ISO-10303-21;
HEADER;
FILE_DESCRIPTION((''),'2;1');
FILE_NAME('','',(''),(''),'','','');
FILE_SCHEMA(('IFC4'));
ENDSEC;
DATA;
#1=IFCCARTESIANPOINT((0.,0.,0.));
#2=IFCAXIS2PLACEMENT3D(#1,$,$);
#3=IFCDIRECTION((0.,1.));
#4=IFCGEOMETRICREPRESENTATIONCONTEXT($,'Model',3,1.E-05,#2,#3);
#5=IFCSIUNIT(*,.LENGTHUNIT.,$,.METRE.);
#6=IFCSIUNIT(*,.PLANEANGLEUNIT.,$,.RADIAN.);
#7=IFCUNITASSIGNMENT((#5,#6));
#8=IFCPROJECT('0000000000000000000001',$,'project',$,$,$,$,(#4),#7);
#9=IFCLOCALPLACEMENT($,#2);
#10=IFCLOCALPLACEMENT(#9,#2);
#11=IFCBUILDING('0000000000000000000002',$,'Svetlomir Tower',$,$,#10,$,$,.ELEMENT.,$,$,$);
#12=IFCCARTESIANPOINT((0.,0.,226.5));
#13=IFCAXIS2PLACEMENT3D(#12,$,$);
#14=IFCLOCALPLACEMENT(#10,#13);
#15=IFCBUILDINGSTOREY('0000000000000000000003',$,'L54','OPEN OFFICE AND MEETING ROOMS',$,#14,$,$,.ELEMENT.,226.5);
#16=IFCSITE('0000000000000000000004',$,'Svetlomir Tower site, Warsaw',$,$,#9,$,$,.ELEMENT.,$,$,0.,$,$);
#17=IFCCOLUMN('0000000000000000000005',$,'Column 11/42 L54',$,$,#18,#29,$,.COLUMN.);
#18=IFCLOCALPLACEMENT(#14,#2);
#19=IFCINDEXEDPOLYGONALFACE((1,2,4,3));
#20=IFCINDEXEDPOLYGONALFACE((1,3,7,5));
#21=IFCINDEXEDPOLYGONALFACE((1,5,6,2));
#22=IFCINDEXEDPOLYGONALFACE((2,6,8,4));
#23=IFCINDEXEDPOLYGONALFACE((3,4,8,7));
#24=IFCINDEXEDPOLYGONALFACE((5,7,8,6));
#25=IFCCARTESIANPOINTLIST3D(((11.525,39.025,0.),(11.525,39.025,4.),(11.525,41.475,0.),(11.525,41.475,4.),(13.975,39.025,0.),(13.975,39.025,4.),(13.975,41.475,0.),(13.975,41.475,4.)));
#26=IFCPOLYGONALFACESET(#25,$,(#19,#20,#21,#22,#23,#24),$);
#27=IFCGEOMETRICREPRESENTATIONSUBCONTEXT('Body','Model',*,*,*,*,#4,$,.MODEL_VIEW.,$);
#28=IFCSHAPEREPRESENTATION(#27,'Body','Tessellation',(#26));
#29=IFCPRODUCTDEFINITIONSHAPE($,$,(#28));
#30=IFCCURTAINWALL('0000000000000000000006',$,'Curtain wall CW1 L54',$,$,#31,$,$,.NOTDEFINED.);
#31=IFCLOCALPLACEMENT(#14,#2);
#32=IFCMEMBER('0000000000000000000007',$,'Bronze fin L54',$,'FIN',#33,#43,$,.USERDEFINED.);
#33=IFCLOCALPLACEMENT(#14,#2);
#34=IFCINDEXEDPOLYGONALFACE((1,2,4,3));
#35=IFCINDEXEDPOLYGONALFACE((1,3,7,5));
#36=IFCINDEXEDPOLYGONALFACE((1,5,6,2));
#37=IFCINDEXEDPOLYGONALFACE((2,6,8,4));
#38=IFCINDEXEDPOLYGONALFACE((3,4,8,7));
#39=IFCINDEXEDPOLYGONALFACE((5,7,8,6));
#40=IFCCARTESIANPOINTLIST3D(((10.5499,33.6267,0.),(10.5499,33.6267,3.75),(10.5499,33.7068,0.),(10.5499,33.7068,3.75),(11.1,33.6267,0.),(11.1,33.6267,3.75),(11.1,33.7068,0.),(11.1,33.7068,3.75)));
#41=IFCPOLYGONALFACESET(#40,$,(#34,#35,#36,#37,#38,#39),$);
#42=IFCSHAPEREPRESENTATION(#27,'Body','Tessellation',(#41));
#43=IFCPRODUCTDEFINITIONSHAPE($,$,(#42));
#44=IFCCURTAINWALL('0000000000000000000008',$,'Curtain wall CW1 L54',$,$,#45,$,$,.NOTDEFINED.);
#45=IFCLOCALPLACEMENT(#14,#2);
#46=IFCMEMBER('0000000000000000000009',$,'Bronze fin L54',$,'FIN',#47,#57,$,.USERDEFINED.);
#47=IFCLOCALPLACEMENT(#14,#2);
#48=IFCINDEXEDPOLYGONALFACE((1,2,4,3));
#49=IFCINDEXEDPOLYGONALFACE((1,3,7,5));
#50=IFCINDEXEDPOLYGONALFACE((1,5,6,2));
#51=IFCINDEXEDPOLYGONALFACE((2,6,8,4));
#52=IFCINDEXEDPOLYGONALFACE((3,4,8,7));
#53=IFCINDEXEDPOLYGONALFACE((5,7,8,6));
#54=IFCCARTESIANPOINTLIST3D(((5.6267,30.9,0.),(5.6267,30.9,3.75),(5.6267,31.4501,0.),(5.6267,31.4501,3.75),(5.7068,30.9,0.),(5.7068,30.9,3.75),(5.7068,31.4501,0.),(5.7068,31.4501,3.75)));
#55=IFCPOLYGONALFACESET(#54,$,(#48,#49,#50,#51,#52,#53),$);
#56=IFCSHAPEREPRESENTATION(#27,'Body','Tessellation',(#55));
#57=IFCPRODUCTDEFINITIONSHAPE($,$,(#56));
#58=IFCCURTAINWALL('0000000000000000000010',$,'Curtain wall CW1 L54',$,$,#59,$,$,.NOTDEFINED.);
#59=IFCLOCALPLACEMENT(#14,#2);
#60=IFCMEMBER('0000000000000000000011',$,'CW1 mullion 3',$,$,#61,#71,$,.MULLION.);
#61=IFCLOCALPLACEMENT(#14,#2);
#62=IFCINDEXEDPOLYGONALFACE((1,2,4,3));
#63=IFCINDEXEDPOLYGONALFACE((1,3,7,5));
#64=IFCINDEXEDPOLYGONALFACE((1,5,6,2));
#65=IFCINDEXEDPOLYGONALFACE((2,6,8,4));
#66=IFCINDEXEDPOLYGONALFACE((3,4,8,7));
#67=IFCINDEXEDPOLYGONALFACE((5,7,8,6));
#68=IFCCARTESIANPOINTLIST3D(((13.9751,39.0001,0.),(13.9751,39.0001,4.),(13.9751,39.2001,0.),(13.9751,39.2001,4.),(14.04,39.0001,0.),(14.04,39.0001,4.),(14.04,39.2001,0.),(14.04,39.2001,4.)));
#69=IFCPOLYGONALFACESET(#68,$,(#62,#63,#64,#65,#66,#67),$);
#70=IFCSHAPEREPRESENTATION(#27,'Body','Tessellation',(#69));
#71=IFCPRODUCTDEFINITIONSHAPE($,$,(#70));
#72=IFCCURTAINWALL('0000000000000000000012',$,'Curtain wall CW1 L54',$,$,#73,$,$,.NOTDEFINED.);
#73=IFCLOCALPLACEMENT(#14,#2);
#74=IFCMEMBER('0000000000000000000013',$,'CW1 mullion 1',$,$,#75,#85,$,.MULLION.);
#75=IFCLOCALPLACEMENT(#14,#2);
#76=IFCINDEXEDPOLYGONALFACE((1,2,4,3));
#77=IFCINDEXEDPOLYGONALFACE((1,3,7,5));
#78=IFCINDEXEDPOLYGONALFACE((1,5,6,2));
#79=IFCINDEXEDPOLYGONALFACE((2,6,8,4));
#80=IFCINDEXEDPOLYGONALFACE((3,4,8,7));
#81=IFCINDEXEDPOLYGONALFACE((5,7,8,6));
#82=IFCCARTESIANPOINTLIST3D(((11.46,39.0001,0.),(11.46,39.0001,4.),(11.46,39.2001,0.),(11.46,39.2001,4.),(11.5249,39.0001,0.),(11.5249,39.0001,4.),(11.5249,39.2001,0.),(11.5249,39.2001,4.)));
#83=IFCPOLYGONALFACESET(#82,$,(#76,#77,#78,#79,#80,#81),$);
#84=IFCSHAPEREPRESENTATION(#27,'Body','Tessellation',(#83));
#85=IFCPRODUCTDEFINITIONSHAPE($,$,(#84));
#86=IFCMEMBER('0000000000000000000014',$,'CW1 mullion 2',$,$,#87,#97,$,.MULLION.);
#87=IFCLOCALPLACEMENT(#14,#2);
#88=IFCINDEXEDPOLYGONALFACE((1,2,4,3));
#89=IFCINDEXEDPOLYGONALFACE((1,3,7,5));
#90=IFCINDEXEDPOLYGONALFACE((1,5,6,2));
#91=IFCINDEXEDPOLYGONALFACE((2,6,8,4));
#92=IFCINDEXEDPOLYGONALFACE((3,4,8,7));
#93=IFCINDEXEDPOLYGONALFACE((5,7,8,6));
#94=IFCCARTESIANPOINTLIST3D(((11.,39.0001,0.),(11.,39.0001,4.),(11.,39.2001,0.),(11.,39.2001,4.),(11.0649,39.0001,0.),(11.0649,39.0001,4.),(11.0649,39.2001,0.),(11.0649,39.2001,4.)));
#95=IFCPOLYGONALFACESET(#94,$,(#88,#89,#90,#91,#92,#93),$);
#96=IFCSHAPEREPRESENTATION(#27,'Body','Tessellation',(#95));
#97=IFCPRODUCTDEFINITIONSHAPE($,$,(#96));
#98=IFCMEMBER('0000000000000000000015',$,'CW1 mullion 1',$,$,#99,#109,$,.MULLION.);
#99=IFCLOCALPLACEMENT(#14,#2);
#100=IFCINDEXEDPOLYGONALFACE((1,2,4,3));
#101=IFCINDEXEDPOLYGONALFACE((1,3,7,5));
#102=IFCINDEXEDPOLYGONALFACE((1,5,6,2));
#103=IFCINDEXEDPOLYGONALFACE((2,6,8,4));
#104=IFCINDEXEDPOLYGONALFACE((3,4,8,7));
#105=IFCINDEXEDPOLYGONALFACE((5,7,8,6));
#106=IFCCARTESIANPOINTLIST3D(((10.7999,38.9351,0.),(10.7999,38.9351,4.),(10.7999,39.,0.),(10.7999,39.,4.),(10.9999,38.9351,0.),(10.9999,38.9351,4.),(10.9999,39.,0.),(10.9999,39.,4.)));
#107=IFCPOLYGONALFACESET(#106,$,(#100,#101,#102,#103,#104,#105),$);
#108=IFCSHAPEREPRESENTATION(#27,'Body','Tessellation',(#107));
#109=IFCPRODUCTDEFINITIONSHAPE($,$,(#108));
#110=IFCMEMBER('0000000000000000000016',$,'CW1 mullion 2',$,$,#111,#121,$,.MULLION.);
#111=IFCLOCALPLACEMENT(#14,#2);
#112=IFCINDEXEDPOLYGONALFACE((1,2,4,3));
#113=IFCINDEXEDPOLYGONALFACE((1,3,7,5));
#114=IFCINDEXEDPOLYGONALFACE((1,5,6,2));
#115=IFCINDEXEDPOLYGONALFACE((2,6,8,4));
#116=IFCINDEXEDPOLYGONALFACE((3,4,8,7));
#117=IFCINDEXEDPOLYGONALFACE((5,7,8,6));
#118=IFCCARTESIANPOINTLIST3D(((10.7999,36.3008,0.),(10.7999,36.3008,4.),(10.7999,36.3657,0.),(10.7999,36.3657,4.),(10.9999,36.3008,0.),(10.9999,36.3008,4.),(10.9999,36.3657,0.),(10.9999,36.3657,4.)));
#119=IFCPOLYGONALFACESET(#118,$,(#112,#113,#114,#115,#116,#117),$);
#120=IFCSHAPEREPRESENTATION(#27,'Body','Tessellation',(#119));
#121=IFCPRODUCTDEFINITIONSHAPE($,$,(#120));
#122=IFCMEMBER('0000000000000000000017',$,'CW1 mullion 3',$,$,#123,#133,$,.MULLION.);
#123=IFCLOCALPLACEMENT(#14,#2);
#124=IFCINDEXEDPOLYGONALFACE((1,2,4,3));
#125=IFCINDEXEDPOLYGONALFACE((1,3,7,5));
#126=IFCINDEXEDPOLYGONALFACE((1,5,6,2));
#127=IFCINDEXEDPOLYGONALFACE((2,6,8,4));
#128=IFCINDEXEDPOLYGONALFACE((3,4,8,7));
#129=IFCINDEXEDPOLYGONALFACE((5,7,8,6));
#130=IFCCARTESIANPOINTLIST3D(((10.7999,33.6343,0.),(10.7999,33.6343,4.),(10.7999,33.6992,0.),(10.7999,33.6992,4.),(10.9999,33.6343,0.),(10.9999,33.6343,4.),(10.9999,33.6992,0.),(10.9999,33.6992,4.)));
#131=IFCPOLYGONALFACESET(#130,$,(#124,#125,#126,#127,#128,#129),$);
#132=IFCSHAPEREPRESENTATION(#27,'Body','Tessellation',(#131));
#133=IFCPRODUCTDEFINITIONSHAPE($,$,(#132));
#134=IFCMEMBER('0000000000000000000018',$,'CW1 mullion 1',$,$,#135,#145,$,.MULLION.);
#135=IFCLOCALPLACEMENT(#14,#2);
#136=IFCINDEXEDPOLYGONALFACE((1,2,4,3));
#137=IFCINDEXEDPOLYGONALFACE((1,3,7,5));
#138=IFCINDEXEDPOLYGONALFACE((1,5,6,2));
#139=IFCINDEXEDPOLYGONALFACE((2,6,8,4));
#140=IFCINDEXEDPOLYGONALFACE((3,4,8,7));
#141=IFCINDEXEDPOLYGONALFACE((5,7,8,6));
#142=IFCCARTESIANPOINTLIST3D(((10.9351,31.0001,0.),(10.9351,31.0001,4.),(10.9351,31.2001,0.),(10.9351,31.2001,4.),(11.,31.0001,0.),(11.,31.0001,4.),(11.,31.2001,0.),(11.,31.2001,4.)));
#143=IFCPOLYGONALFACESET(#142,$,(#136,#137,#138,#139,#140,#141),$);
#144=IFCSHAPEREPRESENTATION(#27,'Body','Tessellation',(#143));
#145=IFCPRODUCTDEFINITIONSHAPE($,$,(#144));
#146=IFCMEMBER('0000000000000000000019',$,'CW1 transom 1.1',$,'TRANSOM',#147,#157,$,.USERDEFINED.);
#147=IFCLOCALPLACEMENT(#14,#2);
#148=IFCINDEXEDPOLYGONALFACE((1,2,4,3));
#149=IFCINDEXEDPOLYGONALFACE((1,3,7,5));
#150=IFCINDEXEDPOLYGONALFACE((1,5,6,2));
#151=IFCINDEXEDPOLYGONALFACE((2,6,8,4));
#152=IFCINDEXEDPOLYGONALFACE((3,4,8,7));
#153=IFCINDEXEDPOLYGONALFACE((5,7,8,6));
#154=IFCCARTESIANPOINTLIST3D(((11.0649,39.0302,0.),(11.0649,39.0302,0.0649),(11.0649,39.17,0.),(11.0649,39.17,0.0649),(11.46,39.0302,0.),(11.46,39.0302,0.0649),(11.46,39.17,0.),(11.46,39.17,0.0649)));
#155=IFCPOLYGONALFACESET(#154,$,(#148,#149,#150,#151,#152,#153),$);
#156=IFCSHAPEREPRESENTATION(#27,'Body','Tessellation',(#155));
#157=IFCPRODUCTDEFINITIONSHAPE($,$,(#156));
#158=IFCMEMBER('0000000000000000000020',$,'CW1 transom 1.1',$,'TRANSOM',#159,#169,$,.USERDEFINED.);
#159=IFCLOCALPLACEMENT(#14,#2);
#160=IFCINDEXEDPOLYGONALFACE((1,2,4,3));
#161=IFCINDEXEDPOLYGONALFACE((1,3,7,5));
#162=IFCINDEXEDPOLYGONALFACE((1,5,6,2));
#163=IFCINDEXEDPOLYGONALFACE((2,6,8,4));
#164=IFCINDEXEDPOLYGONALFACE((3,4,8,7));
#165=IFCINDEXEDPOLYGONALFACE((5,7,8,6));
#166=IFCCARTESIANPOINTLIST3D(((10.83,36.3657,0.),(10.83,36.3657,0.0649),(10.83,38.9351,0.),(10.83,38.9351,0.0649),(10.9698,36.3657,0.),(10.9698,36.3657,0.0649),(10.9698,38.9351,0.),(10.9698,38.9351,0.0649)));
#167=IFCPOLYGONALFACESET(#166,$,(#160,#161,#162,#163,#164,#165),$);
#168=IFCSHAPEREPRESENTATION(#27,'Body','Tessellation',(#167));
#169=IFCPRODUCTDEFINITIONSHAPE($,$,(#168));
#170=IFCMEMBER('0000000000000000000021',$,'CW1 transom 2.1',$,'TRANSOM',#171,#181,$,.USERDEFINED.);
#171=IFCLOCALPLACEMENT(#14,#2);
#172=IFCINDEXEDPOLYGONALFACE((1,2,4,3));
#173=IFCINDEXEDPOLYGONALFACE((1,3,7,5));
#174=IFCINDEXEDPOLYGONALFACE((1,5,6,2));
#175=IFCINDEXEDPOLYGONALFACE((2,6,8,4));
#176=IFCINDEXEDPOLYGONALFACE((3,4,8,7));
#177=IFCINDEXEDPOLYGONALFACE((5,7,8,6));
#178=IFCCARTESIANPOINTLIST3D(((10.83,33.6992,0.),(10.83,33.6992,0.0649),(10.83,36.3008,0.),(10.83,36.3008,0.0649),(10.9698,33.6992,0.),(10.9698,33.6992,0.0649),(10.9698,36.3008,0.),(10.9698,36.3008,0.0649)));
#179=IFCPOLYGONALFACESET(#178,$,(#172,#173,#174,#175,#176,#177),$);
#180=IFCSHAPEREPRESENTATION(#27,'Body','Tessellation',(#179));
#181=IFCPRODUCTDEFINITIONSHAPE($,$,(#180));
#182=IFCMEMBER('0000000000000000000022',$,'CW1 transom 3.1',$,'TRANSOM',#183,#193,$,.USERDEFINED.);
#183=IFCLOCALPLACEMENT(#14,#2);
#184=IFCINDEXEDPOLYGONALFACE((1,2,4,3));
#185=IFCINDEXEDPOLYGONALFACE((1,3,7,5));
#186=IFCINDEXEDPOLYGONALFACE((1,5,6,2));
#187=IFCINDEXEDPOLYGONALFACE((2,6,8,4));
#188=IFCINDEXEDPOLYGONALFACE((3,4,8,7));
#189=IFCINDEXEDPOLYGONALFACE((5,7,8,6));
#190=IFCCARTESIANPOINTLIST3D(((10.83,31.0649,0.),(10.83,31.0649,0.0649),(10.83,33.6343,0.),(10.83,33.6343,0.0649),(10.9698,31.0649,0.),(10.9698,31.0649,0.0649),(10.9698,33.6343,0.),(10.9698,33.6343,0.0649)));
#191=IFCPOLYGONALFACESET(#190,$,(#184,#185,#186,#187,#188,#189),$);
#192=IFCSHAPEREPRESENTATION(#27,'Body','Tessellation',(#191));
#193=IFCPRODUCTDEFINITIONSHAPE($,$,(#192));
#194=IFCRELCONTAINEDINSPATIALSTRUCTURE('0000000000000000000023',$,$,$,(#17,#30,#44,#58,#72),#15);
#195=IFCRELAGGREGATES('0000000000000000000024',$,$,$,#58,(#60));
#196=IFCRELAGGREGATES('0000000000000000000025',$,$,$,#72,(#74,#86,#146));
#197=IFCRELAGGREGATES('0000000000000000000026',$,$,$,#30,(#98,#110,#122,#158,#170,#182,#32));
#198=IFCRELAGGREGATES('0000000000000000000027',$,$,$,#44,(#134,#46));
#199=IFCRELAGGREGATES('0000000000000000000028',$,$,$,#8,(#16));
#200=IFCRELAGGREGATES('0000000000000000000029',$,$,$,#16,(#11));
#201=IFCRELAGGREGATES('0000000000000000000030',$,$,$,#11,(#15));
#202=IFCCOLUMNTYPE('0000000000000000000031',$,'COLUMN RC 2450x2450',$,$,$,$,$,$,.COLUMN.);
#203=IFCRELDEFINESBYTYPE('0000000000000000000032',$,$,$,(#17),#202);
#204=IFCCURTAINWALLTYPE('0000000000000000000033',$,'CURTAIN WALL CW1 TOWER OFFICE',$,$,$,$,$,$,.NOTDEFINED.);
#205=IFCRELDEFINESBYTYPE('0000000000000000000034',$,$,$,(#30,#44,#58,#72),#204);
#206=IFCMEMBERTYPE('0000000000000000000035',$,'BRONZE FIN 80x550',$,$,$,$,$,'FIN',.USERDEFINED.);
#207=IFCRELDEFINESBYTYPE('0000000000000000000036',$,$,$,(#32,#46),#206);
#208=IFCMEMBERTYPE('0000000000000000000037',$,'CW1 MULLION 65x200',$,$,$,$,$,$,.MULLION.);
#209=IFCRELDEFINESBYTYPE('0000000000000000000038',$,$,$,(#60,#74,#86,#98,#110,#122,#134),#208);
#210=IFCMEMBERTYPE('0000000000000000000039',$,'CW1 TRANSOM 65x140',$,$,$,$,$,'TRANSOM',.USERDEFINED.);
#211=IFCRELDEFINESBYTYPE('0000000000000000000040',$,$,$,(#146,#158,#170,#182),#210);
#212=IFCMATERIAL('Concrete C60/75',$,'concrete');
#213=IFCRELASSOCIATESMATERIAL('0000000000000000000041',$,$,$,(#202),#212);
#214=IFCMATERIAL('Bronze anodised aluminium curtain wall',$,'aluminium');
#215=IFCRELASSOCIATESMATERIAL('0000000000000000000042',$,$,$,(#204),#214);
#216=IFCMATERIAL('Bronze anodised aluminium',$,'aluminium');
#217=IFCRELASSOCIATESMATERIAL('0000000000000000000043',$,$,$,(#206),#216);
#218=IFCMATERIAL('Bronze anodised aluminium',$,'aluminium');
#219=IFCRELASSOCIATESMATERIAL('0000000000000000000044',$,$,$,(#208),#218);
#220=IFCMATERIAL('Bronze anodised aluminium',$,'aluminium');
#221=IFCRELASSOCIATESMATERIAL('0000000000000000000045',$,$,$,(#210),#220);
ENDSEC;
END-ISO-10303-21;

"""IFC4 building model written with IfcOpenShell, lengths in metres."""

from ifc_helpers import new_model, si_unit, direction, frame, origin, origin_2d, place, context, subcontext, project, spatial, rectangle, extrude, material, material_profile, profile_set, type_object, element, aggregate, save


model = new_model("IFC4")

# Units and contexts
model_context = context("Model", 3, precision=1e-05, world=origin(), true_north=direction((0.0, 1.0)))
body_context = subcontext(model_context, "Body", "Model", "MODEL_VIEW")
ifc_project = project(units=[si_unit("LENGTHUNIT", "METRE"), si_unit("PLANEANGLEUNIT", "RADIAN")], contexts=[model_context])

# Site, building, storey
site_placement = place(None, origin())
site = spatial("IfcSite", under=ifc_project, at=site_placement, Name="Svetlomir Tower site, Warsaw", CompositionType="ELEMENT", RefElevation=0.0)
building_placement = place(site_placement, origin())
building = spatial("IfcBuilding", under=site, at=building_placement, Name="Svetlomir Tower", CompositionType="ELEMENT")
storey_placement = place(building_placement, frame((0.0, 0.0, 226.5)))
storey = spatial("IfcBuildingStorey", under=building, at=storey_placement, Name="L54", Description="OPEN OFFICE AND MEETING ROOMS", CompositionType="ELEMENT", Elevation=226.5)

# Column
ifc_material_1 = material(Name="Concrete C60/75", Category="concrete")
ifc_material_profile_1 = material_profile(ifc_material_1, rectangle(XDim=2.45, YDim=2.45, at=origin_2d()), Name="RC 2450x2450")
ifc_profile_set_1 = profile_set([ifc_material_profile_1], Name="Concrete C60/75")
column_type = type_object("IfcColumnType", Name="COLUMN RC 2450x2450", PredefinedType="COLUMN", material=ifc_profile_set_1)
column_placement = place(storey_placement, frame((12.75, 40.25, 0.0), z_axis=(0.0, 0.0, 1.0), x_axis=(1.0, 0.0, 0.0)))
element("IfcColumn", 1, at=column_placement, inside=storey, type_object=column_type, Name="Column 11/42 L54", PredefinedType="COLUMN", context=body_context, shape_type="SweptSolid", body=[
    extrude(rectangle(XDim=2.45, YDim=2.45, at=origin_2d()), origin(), (0.0, 0.0, 1.0), 4.0),
])

# Curtain walls, members
ifc_material_2 = material(Name="Bronze anodised aluminium curtain wall", Category="aluminium")
curtain_wall_type = type_object("IfcCurtainWallType", Name="CURTAIN WALL CW1 TOWER OFFICE", PredefinedType="NOTDEFINED", material=ifc_material_2)
curtain_wall_1_placement = place(storey_placement, origin())
curtain_wall_1 = element("IfcCurtainWall", 2, at=curtain_wall_1_placement, inside=storey, type_object=curtain_wall_type, Name="Curtain wall CW1 L54", PredefinedType="NOTDEFINED")
ifc_material_3 = material(Name="Bronze anodised aluminium", Category="aluminium")
ifc_material_profile_2 = material_profile(ifc_material_3, rectangle(XDim=0.0801, YDim=0.55, at=origin_2d()), Name="FIN 80x550")
ifc_profile_set_2 = profile_set([ifc_material_profile_2], Name="Bronze anodised aluminium 6063-T6")
member_type_1 = type_object("IfcMemberType", Name="BRONZE FIN 80x550", ElementType="FIN", PredefinedType="USERDEFINED", material=ifc_profile_set_2)
member_1_placement = place(storey_placement, frame((10.825, 33.6667, 0.0), z_axis=(0.0, 0.0, 1.0), x_axis=(0.0, 1.0, 0.0)))
member_1 = element("IfcMember", 3, at=member_1_placement, type_object=member_type_1, Name="Bronze fin L54", ObjectType="FIN", PredefinedType="USERDEFINED", context=body_context, shape_type="SweptSolid", body=[
    extrude(rectangle(XDim=0.0801, YDim=0.55, at=origin_2d()), origin(), (0.0, 0.0, 1.0), 3.75),
])
curtain_wall_2_placement = place(storey_placement, origin())
curtain_wall_2 = element("IfcCurtainWall", 4, at=curtain_wall_2_placement, inside=storey, type_object=curtain_wall_type, Name="Curtain wall CW1 L54", PredefinedType="NOTDEFINED")
member_2_placement = place(storey_placement, frame((5.6667, 31.175, 0.0), z_axis=(0.0, 0.0, 1.0), x_axis=(1.0, 0.0, 0.0)))
member_2 = element("IfcMember", 5, at=member_2_placement, type_object=member_type_1, Name="Bronze fin L54", ObjectType="FIN", PredefinedType="USERDEFINED", context=body_context, shape_type="SweptSolid", body=[
    extrude(rectangle(XDim=0.0801, YDim=0.55, at=origin_2d()), origin(), (0.0, 0.0, 1.0), 3.75),
])
curtain_wall_3_placement = place(storey_placement, origin())
curtain_wall_3 = element("IfcCurtainWall", 6, at=curtain_wall_3_placement, inside=storey, type_object=curtain_wall_type, Name="Curtain wall CW1 L54", PredefinedType="NOTDEFINED")
ifc_material_4 = material(Name="Bronze anodised aluminium", Category="aluminium")
ifc_material_profile_3 = material_profile(ifc_material_4, rectangle(XDim=0.0649, YDim=0.2, at=origin_2d()), Name="AL 65x200")
ifc_profile_set_3 = profile_set([ifc_material_profile_3], Name="Bronze anodised aluminium 6063-T6")
member_type_2 = type_object("IfcMemberType", Name="CW1 MULLION 65x200", PredefinedType="MULLION", material=ifc_profile_set_3)
member_3_placement = place(storey_placement, frame((14.0076, 39.1001, 0.0), z_axis=(0.0, 0.0, 1.0), x_axis=(-1.0, 0.0, 0.0)))
member_3 = element("IfcMember", 7, at=member_3_placement, type_object=member_type_2, Name="CW1 mullion 3", PredefinedType="MULLION", context=body_context, shape_type="SweptSolid", body=[
    extrude(rectangle(XDim=0.0649, YDim=0.2, at=origin_2d()), origin(), (0.0, 0.0, 1.0), 4.0),
])

# Curtain wall, members
curtain_wall_4_placement = place(storey_placement, origin())
curtain_wall_4 = element("IfcCurtainWall", 8, at=curtain_wall_4_placement, inside=storey, type_object=curtain_wall_type, Name="Curtain wall CW1 L54", PredefinedType="NOTDEFINED")
member_4_placement = place(storey_placement, frame((11.4924, 39.1001, 0.0), z_axis=(0.0, 0.0, 1.0), x_axis=(-1.0, 0.0, 0.0)))
member_4 = element("IfcMember", 9, at=member_4_placement, type_object=member_type_2, Name="CW1 mullion 1", PredefinedType="MULLION", context=body_context, shape_type="SweptSolid", body=[
    extrude(rectangle(XDim=0.0649, YDim=0.2, at=origin_2d()), origin(), (0.0, 0.0, 1.0), 4.0),
])
member_5_placement = place(storey_placement, frame((11.0325, 39.1001, 0.0), z_axis=(0.0, 0.0, 1.0), x_axis=(-1.0, 0.0, 0.0)))
member_5 = element("IfcMember", 10, at=member_5_placement, type_object=member_type_2, Name="CW1 mullion 2", PredefinedType="MULLION", context=body_context, shape_type="SweptSolid", body=[
    extrude(rectangle(XDim=0.0649, YDim=0.2, at=origin_2d()), origin(), (0.0, 0.0, 1.0), 4.0),
])

# Members
member_6_placement = place(storey_placement, frame((10.8999, 38.9675, 0.0), z_axis=(0.0, 0.0, 1.0), x_axis=(0.0, -1.0, 0.0)))
member_6 = element("IfcMember", 11, at=member_6_placement, type_object=member_type_2, Name="CW1 mullion 1", PredefinedType="MULLION", context=body_context, shape_type="SweptSolid", body=[
    extrude(rectangle(XDim=0.0649, YDim=0.2, at=origin_2d()), origin(), (0.0, 0.0, 1.0), 4.0),
])
member_7_placement = place(storey_placement, frame((10.8999, 36.3333, 0.0), z_axis=(0.0, 0.0, 1.0), x_axis=(0.0, -1.0, 0.0)))
member_7 = element("IfcMember", 12, at=member_7_placement, type_object=member_type_2, Name="CW1 mullion 2", PredefinedType="MULLION", context=body_context, shape_type="SweptSolid", body=[
    extrude(rectangle(XDim=0.0649, YDim=0.2, at=origin_2d()), origin(), (0.0, 0.0, 1.0), 4.0),
])
member_8_placement = place(storey_placement, frame((10.8999, 33.6667, 0.0), z_axis=(0.0, 0.0, 1.0), x_axis=(0.0, -1.0, 0.0)))
member_8 = element("IfcMember", 13, at=member_8_placement, type_object=member_type_2, Name="CW1 mullion 3", PredefinedType="MULLION", context=body_context, shape_type="SweptSolid", body=[
    extrude(rectangle(XDim=0.0649, YDim=0.2, at=origin_2d()), origin(), (0.0, 0.0, 1.0), 4.0),
])
member_9_placement = place(storey_placement, frame((10.9675, 31.1001, 0.0), z_axis=(0.0, 0.0, 1.0), x_axis=(-1.0, 0.0, 0.0)))
member_9 = element("IfcMember", 14, at=member_9_placement, type_object=member_type_2, Name="CW1 mullion 1", PredefinedType="MULLION", context=body_context, shape_type="SweptSolid", body=[
    extrude(rectangle(XDim=0.0649, YDim=0.2, at=origin_2d()), origin(), (0.0, 0.0, 1.0), 4.0),
])
ifc_material_5 = material(Name="Bronze anodised aluminium", Category="aluminium")
ifc_material_profile_4 = material_profile(ifc_material_5, rectangle(XDim=0.1399, YDim=0.0649, at=origin_2d()), Name="AL 140x65")
ifc_profile_set_4 = profile_set([ifc_material_profile_4], Name="Bronze anodised aluminium 6063-T6")
member_type_3 = type_object("IfcMemberType", Name="CW1 TRANSOM 65x140", ElementType="TRANSOM", PredefinedType="USERDEFINED", material=ifc_profile_set_4)
member_10_placement = place(storey_placement, frame((11.46, 39.1001, 0.0325), z_axis=(-1.0, 0.0, 0.0), x_axis=(0.0, -1.0, 0.0)))
member_10 = element("IfcMember", 15, at=member_10_placement, type_object=member_type_3, Name="CW1 transom 1.1", ObjectType="TRANSOM", PredefinedType="USERDEFINED", context=body_context, shape_type="SweptSolid", body=[
    extrude(rectangle(XDim=0.1399, YDim=0.0649, at=origin_2d()), origin(), (0.0, 0.0, 1.0), 0.395),
])
member_11_placement = place(storey_placement, frame((10.8999, 38.9351, 0.0325), z_axis=(0.0, -1.0, 0.0), x_axis=(1.0, 0.0, 0.0)))
member_11 = element("IfcMember", 16, at=member_11_placement, type_object=member_type_3, Name="CW1 transom 1.1", ObjectType="TRANSOM", PredefinedType="USERDEFINED", context=body_context, shape_type="SweptSolid", body=[
    extrude(rectangle(XDim=0.1399, YDim=0.0649, at=origin_2d()), origin(), (0.0, 0.0, 1.0), 2.5693),
])
member_12_placement = place(storey_placement, frame((10.8999, 36.3008, 0.0325), z_axis=(0.0, -1.0, 0.0), x_axis=(1.0, 0.0, 0.0)))
member_12 = element("IfcMember", 17, at=member_12_placement, type_object=member_type_3, Name="CW1 transom 2.1", ObjectType="TRANSOM", PredefinedType="USERDEFINED", context=body_context, shape_type="SweptSolid", body=[
    extrude(rectangle(XDim=0.1399, YDim=0.0649, at=origin_2d()), origin(), (0.0, 0.0, 1.0), 2.6016),
])
member_13_placement = place(storey_placement, frame((10.8999, 33.6343, 0.0325), z_axis=(0.0, -1.0, 0.0), x_axis=(1.0, 0.0, 0.0)))
member_13 = element("IfcMember", 18, at=member_13_placement, type_object=member_type_3, Name="CW1 transom 3.1", ObjectType="TRANSOM", PredefinedType="USERDEFINED", context=body_context, shape_type="SweptSolid", body=[
    extrude(rectangle(XDim=0.1399, YDim=0.0649, at=origin_2d()), origin(), (0.0, 0.0, 1.0), 2.5693),
])

aggregate(curtain_wall_3, [member_3])
aggregate(curtain_wall_4, [member_4, member_5, member_10])
aggregate(curtain_wall_1, [member_6, member_7, member_8, member_11, member_12, member_13, member_1])
aggregate(curtain_wall_2, [member_9, member_2])

save(model, "model.ifc")
